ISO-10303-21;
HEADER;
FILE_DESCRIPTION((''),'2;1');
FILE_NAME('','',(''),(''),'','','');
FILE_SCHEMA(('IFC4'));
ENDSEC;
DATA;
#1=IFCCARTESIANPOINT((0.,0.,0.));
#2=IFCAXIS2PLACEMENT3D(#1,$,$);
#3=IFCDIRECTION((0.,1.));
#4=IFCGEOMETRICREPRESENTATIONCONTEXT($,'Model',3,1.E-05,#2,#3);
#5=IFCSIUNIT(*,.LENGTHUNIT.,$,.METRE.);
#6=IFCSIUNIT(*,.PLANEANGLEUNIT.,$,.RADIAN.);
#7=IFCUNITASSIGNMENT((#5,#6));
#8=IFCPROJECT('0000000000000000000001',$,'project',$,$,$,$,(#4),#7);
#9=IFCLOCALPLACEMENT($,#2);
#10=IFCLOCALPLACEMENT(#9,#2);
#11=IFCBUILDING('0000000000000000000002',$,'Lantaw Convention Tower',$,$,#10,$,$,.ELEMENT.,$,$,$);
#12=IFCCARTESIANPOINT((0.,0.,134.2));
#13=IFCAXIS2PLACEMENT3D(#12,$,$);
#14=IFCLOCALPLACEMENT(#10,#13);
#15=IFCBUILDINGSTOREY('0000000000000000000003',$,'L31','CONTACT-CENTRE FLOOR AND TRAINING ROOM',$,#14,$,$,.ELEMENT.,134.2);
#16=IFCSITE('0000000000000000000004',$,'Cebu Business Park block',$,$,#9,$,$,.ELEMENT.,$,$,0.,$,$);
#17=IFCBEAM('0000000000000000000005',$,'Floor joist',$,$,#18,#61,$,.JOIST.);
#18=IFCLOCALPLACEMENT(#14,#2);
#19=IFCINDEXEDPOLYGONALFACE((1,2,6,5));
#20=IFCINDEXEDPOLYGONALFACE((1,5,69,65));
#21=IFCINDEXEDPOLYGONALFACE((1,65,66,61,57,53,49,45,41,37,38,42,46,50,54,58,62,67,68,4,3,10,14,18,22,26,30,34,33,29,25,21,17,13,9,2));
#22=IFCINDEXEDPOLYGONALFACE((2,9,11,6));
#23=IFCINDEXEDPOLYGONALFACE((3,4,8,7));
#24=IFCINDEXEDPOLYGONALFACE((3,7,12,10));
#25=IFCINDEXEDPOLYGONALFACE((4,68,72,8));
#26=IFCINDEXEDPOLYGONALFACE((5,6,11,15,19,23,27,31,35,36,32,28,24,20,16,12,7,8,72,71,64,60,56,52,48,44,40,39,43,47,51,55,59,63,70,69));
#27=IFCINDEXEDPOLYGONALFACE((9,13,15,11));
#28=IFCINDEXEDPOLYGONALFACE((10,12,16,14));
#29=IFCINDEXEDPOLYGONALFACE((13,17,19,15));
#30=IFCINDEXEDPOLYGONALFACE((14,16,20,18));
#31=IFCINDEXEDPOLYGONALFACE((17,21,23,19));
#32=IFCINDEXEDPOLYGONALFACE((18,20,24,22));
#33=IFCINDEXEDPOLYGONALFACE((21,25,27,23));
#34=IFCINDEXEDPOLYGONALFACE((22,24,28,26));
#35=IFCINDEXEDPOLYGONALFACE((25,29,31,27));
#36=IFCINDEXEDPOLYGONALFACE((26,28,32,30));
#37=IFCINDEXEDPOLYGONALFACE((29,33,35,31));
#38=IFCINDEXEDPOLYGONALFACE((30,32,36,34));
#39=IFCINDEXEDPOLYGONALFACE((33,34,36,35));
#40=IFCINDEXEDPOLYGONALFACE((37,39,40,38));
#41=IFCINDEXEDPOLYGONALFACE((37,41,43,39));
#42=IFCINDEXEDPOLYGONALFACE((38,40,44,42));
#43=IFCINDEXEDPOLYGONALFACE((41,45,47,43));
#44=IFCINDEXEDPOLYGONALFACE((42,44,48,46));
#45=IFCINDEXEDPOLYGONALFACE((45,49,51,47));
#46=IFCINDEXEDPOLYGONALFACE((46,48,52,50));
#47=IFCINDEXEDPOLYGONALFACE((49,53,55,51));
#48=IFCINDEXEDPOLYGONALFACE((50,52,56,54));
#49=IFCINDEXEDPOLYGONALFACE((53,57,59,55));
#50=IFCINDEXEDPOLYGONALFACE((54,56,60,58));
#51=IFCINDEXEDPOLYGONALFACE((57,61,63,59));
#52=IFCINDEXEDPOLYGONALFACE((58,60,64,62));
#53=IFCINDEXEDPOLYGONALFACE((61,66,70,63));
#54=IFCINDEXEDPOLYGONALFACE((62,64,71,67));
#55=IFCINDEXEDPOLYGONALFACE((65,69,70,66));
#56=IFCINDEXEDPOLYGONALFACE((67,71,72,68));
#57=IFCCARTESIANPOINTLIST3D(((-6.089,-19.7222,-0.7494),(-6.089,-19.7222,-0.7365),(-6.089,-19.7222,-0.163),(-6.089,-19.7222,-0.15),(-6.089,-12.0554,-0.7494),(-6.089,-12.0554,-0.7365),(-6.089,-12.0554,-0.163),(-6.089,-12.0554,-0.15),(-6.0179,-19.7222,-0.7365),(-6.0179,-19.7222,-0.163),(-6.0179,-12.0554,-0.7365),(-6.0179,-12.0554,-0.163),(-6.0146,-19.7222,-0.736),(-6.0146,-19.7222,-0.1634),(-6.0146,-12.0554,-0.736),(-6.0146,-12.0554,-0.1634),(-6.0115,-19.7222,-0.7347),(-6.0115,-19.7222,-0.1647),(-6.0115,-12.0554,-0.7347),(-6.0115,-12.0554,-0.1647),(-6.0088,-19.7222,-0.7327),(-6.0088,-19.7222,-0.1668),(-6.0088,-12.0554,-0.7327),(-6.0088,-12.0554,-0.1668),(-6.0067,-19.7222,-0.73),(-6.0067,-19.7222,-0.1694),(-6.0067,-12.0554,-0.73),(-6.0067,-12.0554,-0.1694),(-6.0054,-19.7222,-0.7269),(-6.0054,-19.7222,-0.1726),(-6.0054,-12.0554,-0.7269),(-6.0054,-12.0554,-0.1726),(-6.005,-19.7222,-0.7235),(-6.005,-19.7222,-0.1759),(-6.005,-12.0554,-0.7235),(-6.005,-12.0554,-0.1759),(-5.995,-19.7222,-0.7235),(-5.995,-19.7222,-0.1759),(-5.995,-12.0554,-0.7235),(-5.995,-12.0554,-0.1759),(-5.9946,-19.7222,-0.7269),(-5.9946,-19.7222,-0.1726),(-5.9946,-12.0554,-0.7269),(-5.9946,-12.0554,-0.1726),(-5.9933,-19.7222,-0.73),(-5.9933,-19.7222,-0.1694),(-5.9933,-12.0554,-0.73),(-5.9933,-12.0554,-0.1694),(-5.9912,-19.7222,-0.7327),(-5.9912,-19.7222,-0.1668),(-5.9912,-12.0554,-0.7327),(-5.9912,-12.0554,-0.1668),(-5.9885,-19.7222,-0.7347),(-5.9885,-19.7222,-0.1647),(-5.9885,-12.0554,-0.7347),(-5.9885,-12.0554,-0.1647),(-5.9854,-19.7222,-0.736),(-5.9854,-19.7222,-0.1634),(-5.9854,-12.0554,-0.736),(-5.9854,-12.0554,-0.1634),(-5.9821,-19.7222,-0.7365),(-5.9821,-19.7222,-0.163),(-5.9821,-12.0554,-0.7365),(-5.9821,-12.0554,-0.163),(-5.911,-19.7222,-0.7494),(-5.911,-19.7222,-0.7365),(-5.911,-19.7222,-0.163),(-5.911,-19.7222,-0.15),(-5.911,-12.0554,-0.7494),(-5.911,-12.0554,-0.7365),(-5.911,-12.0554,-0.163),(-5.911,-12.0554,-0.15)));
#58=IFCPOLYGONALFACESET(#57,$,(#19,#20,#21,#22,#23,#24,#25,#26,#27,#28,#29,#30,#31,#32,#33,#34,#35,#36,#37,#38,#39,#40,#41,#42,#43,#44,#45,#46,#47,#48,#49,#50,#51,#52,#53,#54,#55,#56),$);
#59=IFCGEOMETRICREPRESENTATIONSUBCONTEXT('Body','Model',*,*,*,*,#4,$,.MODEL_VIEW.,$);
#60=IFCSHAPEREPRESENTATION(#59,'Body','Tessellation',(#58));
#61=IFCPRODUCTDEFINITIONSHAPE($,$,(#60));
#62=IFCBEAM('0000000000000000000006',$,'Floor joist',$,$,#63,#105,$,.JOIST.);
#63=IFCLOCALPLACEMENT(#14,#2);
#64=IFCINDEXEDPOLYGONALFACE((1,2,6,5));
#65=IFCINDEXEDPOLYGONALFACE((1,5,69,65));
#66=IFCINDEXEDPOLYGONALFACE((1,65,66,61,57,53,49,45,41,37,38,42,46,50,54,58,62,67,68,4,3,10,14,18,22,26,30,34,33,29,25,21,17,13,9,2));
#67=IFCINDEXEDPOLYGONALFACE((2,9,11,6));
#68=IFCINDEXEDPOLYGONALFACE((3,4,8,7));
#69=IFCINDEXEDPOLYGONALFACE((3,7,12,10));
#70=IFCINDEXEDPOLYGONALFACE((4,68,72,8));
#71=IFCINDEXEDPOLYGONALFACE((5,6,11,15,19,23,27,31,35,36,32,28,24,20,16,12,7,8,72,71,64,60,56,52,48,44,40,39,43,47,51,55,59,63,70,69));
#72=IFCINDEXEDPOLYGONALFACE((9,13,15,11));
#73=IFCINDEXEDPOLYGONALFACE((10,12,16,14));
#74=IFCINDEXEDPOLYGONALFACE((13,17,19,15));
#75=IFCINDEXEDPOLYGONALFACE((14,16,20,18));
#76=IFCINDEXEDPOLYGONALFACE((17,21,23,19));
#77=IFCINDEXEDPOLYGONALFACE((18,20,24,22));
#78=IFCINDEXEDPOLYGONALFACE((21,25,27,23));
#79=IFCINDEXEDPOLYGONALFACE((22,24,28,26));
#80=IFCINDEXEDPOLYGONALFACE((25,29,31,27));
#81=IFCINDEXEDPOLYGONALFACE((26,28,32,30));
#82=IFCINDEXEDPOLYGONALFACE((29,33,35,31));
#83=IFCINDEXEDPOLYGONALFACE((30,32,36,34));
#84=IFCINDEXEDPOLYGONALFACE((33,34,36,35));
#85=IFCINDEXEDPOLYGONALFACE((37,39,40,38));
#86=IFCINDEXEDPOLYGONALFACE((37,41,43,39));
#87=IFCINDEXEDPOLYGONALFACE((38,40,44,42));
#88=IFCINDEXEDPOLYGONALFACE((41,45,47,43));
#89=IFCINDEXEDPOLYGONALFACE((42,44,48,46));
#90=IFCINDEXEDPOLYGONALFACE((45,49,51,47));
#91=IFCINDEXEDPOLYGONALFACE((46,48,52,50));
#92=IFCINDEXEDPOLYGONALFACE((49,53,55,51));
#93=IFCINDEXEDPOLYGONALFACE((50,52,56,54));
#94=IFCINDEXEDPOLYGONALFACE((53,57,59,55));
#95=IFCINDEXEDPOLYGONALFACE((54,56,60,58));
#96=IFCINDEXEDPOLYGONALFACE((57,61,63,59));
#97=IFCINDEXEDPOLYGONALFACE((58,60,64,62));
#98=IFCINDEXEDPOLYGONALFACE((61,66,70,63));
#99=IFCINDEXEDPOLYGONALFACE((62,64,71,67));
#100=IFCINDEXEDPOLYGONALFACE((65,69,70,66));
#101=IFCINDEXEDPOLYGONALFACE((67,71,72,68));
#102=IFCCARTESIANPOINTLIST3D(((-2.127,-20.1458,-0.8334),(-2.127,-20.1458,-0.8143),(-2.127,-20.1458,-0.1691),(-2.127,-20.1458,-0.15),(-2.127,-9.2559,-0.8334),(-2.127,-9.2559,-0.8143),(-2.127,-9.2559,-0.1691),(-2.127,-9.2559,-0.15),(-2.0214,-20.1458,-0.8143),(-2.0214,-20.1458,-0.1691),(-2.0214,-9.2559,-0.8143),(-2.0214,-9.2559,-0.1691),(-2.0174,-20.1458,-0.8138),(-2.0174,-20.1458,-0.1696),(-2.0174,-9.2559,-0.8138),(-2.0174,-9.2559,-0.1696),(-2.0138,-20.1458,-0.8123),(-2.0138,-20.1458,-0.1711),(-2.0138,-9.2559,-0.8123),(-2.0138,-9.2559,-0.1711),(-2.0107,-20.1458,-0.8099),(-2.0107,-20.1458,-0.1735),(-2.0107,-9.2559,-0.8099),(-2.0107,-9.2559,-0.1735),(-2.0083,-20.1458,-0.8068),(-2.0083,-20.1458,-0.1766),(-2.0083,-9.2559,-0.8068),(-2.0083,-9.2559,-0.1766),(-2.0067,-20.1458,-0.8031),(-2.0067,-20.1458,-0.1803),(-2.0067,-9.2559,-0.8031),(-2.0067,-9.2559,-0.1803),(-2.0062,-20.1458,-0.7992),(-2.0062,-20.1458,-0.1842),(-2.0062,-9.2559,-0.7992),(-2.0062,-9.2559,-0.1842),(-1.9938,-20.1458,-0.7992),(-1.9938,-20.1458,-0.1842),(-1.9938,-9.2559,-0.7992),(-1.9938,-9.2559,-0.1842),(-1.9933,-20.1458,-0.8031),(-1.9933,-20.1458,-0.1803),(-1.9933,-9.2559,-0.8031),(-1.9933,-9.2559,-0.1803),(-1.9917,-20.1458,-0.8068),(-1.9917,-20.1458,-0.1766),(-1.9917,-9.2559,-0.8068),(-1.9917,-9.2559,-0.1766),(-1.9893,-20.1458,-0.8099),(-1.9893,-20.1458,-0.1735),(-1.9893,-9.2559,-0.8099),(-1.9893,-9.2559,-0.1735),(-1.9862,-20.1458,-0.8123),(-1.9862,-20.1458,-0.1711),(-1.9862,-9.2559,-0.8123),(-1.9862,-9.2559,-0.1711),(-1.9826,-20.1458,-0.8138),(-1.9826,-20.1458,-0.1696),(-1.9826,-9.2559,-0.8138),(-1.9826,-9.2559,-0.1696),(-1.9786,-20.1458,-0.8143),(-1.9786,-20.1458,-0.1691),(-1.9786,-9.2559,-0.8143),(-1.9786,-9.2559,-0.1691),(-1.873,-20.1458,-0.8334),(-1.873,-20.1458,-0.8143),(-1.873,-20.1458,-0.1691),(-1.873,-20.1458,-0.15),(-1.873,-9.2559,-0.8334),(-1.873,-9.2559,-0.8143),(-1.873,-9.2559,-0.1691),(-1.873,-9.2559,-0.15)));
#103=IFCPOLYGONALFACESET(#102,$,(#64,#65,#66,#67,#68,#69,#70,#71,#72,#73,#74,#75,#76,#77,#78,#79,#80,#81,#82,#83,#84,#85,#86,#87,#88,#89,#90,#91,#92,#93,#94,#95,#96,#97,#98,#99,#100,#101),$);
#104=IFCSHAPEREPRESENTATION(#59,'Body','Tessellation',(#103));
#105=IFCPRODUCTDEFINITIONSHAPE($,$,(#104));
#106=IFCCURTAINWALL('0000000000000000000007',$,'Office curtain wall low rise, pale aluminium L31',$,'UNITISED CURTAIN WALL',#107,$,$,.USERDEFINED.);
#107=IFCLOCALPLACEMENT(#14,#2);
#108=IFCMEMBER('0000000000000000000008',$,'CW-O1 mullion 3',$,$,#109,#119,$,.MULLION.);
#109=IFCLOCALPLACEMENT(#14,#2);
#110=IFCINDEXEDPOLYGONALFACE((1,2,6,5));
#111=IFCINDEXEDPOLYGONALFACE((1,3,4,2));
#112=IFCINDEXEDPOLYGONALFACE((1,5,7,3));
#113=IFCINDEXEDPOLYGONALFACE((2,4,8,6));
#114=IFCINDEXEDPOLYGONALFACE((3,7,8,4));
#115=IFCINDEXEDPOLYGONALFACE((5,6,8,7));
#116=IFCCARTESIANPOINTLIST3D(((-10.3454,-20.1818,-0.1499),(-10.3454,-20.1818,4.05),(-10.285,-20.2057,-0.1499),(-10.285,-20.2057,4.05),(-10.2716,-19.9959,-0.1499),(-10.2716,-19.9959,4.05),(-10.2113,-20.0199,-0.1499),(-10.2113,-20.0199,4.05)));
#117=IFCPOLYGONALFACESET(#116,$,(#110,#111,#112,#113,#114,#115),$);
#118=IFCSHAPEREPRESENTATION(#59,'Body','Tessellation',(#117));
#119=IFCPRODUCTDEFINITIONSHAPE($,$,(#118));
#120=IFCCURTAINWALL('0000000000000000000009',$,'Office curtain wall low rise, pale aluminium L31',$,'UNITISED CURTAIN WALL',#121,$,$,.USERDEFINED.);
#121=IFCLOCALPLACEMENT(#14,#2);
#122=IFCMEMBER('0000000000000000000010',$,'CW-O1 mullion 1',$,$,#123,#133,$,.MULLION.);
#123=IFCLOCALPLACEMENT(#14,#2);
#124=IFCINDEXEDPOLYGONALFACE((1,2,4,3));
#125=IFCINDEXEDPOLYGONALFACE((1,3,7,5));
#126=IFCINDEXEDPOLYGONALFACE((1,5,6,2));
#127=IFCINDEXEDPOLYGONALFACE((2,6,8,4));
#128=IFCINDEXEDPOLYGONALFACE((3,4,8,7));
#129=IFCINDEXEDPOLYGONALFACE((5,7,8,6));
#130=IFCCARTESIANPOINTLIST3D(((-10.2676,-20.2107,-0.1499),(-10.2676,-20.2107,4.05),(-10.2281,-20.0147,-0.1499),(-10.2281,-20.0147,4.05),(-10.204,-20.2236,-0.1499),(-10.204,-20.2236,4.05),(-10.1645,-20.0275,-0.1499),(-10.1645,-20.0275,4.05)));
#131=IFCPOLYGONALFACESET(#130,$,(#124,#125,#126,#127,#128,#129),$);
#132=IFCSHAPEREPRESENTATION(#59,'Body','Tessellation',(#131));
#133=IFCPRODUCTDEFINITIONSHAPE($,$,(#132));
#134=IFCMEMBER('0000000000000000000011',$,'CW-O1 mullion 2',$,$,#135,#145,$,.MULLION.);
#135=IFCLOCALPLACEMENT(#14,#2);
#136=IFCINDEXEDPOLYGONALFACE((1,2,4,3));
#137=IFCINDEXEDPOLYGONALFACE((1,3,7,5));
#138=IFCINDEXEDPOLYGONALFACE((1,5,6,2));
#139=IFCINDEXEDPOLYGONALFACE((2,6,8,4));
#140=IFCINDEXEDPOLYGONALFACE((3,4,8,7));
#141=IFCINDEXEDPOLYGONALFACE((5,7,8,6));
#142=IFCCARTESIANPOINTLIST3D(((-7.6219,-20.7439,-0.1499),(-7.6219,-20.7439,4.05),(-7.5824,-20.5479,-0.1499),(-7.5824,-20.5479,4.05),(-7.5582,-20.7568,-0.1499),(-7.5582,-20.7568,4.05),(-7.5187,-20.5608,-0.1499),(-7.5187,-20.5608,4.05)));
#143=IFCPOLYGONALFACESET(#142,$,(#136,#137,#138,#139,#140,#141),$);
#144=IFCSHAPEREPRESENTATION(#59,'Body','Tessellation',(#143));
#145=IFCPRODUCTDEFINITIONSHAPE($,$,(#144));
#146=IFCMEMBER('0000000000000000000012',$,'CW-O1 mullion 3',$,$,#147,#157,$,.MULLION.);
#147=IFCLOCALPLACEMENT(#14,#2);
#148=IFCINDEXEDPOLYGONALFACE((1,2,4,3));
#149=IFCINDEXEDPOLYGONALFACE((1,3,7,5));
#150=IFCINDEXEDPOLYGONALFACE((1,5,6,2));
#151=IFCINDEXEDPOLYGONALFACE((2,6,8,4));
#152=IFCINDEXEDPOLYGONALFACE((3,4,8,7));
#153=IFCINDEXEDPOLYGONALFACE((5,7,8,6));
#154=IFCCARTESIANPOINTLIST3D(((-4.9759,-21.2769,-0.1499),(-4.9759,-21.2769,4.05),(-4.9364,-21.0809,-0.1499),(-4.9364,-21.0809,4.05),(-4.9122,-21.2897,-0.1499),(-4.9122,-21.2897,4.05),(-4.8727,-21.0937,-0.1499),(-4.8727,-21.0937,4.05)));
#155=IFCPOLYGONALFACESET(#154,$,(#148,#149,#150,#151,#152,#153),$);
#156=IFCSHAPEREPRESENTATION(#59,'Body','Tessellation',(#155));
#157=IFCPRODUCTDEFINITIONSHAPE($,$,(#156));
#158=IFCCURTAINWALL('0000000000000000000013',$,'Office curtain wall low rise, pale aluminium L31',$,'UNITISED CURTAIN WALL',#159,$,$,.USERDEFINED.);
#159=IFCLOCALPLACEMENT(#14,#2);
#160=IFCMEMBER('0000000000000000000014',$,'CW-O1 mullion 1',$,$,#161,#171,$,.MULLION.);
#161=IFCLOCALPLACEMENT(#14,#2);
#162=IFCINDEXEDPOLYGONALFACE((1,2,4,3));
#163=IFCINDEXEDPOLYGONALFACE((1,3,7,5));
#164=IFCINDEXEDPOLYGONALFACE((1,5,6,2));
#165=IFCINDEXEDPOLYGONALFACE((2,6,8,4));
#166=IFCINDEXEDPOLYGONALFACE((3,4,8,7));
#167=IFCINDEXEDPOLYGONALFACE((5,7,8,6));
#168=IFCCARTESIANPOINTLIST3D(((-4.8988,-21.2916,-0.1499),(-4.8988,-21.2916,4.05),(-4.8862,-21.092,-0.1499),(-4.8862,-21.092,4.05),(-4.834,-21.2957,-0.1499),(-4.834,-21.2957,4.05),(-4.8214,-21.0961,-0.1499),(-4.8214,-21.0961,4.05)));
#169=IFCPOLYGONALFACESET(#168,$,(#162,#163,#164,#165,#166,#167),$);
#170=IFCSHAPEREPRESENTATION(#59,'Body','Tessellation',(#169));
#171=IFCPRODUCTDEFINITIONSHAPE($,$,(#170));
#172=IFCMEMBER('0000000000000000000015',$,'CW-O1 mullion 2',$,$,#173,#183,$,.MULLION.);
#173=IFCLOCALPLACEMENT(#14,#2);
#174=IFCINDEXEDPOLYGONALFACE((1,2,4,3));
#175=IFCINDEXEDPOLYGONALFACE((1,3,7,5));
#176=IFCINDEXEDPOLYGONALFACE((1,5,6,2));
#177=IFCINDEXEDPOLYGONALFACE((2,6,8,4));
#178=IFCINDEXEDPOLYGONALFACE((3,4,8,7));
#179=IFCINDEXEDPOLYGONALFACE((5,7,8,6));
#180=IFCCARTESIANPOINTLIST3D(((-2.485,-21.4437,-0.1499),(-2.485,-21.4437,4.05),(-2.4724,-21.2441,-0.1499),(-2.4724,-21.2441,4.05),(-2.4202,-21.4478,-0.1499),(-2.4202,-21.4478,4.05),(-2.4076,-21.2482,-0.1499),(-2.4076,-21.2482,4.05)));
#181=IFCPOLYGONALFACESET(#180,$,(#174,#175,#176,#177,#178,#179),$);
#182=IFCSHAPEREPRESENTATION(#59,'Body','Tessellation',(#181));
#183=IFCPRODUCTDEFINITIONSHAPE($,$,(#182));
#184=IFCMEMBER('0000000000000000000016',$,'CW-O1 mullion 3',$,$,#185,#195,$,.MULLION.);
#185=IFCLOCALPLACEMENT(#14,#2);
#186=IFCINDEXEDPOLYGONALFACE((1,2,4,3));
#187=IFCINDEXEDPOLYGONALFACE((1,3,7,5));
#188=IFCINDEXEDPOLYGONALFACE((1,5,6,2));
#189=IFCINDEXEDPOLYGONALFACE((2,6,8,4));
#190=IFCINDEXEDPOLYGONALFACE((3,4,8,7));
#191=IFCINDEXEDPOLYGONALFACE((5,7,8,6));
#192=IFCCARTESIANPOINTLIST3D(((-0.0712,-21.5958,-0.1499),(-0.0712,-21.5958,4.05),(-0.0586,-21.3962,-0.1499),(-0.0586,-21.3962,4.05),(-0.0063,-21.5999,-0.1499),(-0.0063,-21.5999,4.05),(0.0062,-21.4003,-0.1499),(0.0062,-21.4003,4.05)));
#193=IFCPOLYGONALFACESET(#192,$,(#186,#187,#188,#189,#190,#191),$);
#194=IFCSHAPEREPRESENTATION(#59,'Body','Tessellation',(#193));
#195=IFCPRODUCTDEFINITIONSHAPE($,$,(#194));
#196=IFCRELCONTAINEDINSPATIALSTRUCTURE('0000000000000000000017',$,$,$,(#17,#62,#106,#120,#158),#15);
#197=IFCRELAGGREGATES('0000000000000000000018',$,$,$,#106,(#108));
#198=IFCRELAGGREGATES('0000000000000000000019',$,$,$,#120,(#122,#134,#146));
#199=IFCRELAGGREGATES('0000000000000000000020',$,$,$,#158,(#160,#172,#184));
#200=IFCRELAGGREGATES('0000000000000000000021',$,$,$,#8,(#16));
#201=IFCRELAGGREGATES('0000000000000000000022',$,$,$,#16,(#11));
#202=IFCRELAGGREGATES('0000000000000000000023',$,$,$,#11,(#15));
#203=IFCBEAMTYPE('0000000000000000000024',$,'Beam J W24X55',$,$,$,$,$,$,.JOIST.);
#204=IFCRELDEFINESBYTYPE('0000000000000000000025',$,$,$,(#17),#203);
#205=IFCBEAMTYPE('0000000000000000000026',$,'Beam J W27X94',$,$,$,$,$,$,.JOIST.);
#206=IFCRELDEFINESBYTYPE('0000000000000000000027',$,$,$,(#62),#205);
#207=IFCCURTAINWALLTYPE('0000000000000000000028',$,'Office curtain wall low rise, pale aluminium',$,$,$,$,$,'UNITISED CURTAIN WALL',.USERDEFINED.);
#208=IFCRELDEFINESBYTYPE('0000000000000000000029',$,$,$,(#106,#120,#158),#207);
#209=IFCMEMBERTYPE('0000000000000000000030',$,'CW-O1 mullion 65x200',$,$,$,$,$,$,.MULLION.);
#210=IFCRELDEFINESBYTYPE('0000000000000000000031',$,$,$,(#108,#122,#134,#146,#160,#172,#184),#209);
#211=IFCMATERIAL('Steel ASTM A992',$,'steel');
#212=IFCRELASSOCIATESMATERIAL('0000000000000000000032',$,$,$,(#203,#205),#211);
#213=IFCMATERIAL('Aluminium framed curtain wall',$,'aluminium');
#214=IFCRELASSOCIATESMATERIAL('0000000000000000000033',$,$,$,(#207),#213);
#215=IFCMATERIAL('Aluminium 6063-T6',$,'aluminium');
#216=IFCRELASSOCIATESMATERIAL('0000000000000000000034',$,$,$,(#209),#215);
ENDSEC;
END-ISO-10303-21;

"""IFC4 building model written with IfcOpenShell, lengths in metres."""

from ifc_helpers import new_model, si_unit, direction, frame, origin, origin_2d, place, context, subcontext, project, spatial, rectangle, i_section, extrude, material, material_profile, profile_set, type_object, element, aggregate, save


model = new_model("IFC4")

# Units and contexts
model_context = context("Model", 3, precision=1e-05, world=origin(), true_north=direction((0.0, 1.0)))
body_context = subcontext(model_context, "Body", "Model", "MODEL_VIEW")
ifc_project = project(units=[si_unit("LENGTHUNIT", "METRE"), si_unit("PLANEANGLEUNIT", "RADIAN")], contexts=[model_context])

# Site, building, storey
site_placement = place(None, origin())
site = spatial("IfcSite", under=ifc_project, at=site_placement, Name="Cebu Business Park block", CompositionType="ELEMENT", RefElevation=0.0)
building_placement = place(site_placement, origin())
building = spatial("IfcBuilding", under=site, at=building_placement, Name="Lantaw Convention Tower", CompositionType="ELEMENT")
storey_placement = place(building_placement, frame((0.0, 0.0, 134.2)))
storey = spatial("IfcBuildingStorey", under=building, at=storey_placement, Name="L31", Description="CONTACT-CENTRE FLOOR AND TRAINING ROOM", CompositionType="ELEMENT", Elevation=134.2)

# Beams
ifc_material_1 = material(Name="Steel ASTM A992", Category="steel")
ifc_material_profile_1 = material_profile(ifc_material_1, i_section(OverallWidth=0.178, OverallDepth=0.5994, WebThickness=0.01, FlangeThickness=0.0129, FilletRadius=0.0129, at=origin_2d()), Name="W24X55")
ifc_profile_set_1 = profile_set([ifc_material_profile_1], Name="Steel ASTM A992")
beam_type_1 = type_object("IfcBeamType", Name="Beam J W24X55", PredefinedType="JOIST", material=ifc_profile_set_1)
beam_1_placement = place(storey_placement, frame((-6.0, -19.7222, -0.4497), z_axis=(0.0, 1.0, 0.0), x_axis=(-1.0, 0.0, 0.0)))
element("IfcBeam", 1, at=beam_1_placement, inside=storey, type_object=beam_type_1, Name="Floor joist", PredefinedType="JOIST", context=body_context, shape_type="SweptSolid", body=[
    extrude(i_section(OverallWidth=0.178, OverallDepth=0.5994, WebThickness=0.01, FlangeThickness=0.0129, FilletRadius=0.0129, at=origin_2d()), origin(), (0.0, 0.0, 1.0), 7.6667),
])
ifc_material_profile_2 = material_profile(ifc_material_1, i_section(OverallWidth=0.2539, OverallDepth=0.6833, WebThickness=0.0125, FlangeThickness=0.019, FilletRadius=0.0151, at=origin_2d()), Name="W27X94")
ifc_profile_set_2 = profile_set([ifc_material_profile_2], Name="Steel ASTM A992")
beam_type_2 = type_object("IfcBeamType", Name="Beam J W27X94", PredefinedType="JOIST", material=ifc_profile_set_2)
beam_2_placement = place(storey_placement, frame((-2.0, -20.1458, -0.4917), z_axis=(0.0, 1.0, 0.0), x_axis=(-1.0, 0.0, 0.0)))
element("IfcBeam", 2, at=beam_2_placement, inside=storey, type_object=beam_type_2, Name="Floor joist", PredefinedType="JOIST", context=body_context, shape_type="SweptSolid", body=[
    extrude(i_section(OverallWidth=0.2539, OverallDepth=0.6833, WebThickness=0.0125, FlangeThickness=0.019, FilletRadius=0.0151, at=origin_2d()), origin(), (0.0, 0.0, 1.0), 10.8899),
])

# Curtain wall, member
ifc_material_2 = material(Name="Aluminium framed curtain wall", Category="aluminium")
curtain_wall_type = type_object("IfcCurtainWallType", Name="Office curtain wall low rise, pale aluminium", ElementType="UNITISED CURTAIN WALL", PredefinedType="USERDEFINED", material=ifc_material_2)
curtain_wall_1_placement = place(storey_placement, origin())
curtain_wall_1 = element("IfcCurtainWall", 3, at=curtain_wall_1_placement, inside=storey, type_object=curtain_wall_type, Name="Office curtain wall low rise, pale aluminium L31", ObjectType="UNITISED CURTAIN WALL", PredefinedType="USERDEFINED")
ifc_material_3 = material(Name="Aluminium 6063-T6", Category="aluminium")
ifc_material_profile_3 = material_profile(ifc_material_3, rectangle(XDim=0.2, YDim=0.0649, at=origin_2d()), Name="CW-O1 mullion 65x200")
ifc_profile_set_3 = profile_set([ifc_material_profile_3], Name="Aluminium 6063-T6")
member_type_1 = type_object("IfcMemberType", Name="CW-O1 mullion 65x200", PredefinedType="MULLION", material=ifc_profile_set_3)
member_1_placement = place(storey_placement, frame((-10.2783, -20.1008, -0.1499), z_axis=(0.0, 0.0, 1.0), x_axis=(0.368702, 0.929548, 0.0)))
member_1 = element("IfcMember", 4, at=member_1_placement, type_object=member_type_1, Name="CW-O1 mullion 3", PredefinedType="MULLION", context=body_context, shape_type="SweptSolid", body=[
    extrude(rectangle(XDim=0.2, YDim=0.0649, at=origin_2d()), origin(), (0.0, 0.0, 1.0), 4.2),
])

# Curtain walls, members
curtain_wall_2_placement = place(storey_placement, origin())
curtain_wall_2 = element("IfcCurtainWall", 5, at=curtain_wall_2_placement, inside=storey, type_object=curtain_wall_type, Name="Office curtain wall low rise, pale aluminium L31", ObjectType="UNITISED CURTAIN WALL", PredefinedType="USERDEFINED")
member_2_placement = place(storey_placement, frame((-10.2161, -20.1191, -0.1499), z_axis=(0.0, 0.0, 1.0), x_axis=(0.197507, 0.980302, 0.0)))
member_2 = element("IfcMember", 6, at=member_2_placement, type_object=member_type_1, Name="CW-O1 mullion 1", PredefinedType="MULLION", context=body_context, shape_type="SweptSolid", body=[
    extrude(rectangle(XDim=0.2, YDim=0.0649, at=origin_2d()), origin(), (0.0, 0.0, 1.0), 4.2),
])
member_3_placement = place(storey_placement, frame((-7.5703, -20.6523, -0.1499), z_axis=(0.0, 0.0, 1.0), x_axis=(0.197507, 0.980302, 0.0)))
member_3 = element("IfcMember", 7, at=member_3_placement, type_object=member_type_1, Name="CW-O1 mullion 2", PredefinedType="MULLION", context=body_context, shape_type="SweptSolid", body=[
    extrude(rectangle(XDim=0.2, YDim=0.0649, at=origin_2d()), origin(), (0.0, 0.0, 1.0), 4.2),
])
member_4_placement = place(storey_placement, frame((-4.9243, -21.1853, -0.1499), z_axis=(0.0, 0.0, 1.0), x_axis=(0.197507, 0.980302, 0.0)))
member_4 = element("IfcMember", 8, at=member_4_placement, type_object=member_type_1, Name="CW-O1 mullion 3", PredefinedType="MULLION", context=body_context, shape_type="SweptSolid", body=[
    extrude(rectangle(XDim=0.2, YDim=0.0649, at=origin_2d()), origin(), (0.0, 0.0, 1.0), 4.2),
])
curtain_wall_3_placement = place(storey_placement, origin())
curtain_wall_3 = element("IfcCurtainWall", 9, at=curtain_wall_3_placement, inside=storey, type_object=curtain_wall_type, Name="Office curtain wall low rise, pale aluminium L31", ObjectType="UNITISED CURTAIN WALL", PredefinedType="USERDEFINED")
member_5_placement = place(storey_placement, frame((-4.8601, -21.1938, -0.1499), z_axis=(0.0, 0.0, 1.0), x_axis=(0.062865, 0.998022, 0.0)))
member_5 = element("IfcMember", 10, at=member_5_placement, type_object=member_type_1, Name="CW-O1 mullion 1", PredefinedType="MULLION", context=body_context, shape_type="SweptSolid", body=[
    extrude(rectangle(XDim=0.2, YDim=0.0649, at=origin_2d()), origin(), (0.0, 0.0, 1.0), 4.2),
])
member_6_placement = place(storey_placement, frame((-2.4463, -21.3459, -0.1499), z_axis=(0.0, 0.0, 1.0), x_axis=(0.062865, 0.998022, 0.0)))
member_6 = element("IfcMember", 11, at=member_6_placement, type_object=member_type_1, Name="CW-O1 mullion 2", PredefinedType="MULLION", context=body_context, shape_type="SweptSolid", body=[
    extrude(rectangle(XDim=0.2, YDim=0.0649, at=origin_2d()), origin(), (0.0, 0.0, 1.0), 4.2),
])
member_7_placement = place(storey_placement, frame((-0.0325, -21.498, -0.1499), z_axis=(0.0, 0.0, 1.0), x_axis=(0.062865, 0.998022, 0.0)))
member_7 = element("IfcMember", 12, at=member_7_placement, type_object=member_type_1, Name="CW-O1 mullion 3", PredefinedType="MULLION", context=body_context, shape_type="SweptSolid", body=[
    extrude(rectangle(XDim=0.2, YDim=0.0649, at=origin_2d()), origin(), (0.0, 0.0, 1.0), 4.2),
])

aggregate(curtain_wall_1, [member_1])
aggregate(curtain_wall_2, [member_2, member_3, member_4])
aggregate(curtain_wall_3, [member_5, member_6, member_7])

save(model, "model.ifc")
